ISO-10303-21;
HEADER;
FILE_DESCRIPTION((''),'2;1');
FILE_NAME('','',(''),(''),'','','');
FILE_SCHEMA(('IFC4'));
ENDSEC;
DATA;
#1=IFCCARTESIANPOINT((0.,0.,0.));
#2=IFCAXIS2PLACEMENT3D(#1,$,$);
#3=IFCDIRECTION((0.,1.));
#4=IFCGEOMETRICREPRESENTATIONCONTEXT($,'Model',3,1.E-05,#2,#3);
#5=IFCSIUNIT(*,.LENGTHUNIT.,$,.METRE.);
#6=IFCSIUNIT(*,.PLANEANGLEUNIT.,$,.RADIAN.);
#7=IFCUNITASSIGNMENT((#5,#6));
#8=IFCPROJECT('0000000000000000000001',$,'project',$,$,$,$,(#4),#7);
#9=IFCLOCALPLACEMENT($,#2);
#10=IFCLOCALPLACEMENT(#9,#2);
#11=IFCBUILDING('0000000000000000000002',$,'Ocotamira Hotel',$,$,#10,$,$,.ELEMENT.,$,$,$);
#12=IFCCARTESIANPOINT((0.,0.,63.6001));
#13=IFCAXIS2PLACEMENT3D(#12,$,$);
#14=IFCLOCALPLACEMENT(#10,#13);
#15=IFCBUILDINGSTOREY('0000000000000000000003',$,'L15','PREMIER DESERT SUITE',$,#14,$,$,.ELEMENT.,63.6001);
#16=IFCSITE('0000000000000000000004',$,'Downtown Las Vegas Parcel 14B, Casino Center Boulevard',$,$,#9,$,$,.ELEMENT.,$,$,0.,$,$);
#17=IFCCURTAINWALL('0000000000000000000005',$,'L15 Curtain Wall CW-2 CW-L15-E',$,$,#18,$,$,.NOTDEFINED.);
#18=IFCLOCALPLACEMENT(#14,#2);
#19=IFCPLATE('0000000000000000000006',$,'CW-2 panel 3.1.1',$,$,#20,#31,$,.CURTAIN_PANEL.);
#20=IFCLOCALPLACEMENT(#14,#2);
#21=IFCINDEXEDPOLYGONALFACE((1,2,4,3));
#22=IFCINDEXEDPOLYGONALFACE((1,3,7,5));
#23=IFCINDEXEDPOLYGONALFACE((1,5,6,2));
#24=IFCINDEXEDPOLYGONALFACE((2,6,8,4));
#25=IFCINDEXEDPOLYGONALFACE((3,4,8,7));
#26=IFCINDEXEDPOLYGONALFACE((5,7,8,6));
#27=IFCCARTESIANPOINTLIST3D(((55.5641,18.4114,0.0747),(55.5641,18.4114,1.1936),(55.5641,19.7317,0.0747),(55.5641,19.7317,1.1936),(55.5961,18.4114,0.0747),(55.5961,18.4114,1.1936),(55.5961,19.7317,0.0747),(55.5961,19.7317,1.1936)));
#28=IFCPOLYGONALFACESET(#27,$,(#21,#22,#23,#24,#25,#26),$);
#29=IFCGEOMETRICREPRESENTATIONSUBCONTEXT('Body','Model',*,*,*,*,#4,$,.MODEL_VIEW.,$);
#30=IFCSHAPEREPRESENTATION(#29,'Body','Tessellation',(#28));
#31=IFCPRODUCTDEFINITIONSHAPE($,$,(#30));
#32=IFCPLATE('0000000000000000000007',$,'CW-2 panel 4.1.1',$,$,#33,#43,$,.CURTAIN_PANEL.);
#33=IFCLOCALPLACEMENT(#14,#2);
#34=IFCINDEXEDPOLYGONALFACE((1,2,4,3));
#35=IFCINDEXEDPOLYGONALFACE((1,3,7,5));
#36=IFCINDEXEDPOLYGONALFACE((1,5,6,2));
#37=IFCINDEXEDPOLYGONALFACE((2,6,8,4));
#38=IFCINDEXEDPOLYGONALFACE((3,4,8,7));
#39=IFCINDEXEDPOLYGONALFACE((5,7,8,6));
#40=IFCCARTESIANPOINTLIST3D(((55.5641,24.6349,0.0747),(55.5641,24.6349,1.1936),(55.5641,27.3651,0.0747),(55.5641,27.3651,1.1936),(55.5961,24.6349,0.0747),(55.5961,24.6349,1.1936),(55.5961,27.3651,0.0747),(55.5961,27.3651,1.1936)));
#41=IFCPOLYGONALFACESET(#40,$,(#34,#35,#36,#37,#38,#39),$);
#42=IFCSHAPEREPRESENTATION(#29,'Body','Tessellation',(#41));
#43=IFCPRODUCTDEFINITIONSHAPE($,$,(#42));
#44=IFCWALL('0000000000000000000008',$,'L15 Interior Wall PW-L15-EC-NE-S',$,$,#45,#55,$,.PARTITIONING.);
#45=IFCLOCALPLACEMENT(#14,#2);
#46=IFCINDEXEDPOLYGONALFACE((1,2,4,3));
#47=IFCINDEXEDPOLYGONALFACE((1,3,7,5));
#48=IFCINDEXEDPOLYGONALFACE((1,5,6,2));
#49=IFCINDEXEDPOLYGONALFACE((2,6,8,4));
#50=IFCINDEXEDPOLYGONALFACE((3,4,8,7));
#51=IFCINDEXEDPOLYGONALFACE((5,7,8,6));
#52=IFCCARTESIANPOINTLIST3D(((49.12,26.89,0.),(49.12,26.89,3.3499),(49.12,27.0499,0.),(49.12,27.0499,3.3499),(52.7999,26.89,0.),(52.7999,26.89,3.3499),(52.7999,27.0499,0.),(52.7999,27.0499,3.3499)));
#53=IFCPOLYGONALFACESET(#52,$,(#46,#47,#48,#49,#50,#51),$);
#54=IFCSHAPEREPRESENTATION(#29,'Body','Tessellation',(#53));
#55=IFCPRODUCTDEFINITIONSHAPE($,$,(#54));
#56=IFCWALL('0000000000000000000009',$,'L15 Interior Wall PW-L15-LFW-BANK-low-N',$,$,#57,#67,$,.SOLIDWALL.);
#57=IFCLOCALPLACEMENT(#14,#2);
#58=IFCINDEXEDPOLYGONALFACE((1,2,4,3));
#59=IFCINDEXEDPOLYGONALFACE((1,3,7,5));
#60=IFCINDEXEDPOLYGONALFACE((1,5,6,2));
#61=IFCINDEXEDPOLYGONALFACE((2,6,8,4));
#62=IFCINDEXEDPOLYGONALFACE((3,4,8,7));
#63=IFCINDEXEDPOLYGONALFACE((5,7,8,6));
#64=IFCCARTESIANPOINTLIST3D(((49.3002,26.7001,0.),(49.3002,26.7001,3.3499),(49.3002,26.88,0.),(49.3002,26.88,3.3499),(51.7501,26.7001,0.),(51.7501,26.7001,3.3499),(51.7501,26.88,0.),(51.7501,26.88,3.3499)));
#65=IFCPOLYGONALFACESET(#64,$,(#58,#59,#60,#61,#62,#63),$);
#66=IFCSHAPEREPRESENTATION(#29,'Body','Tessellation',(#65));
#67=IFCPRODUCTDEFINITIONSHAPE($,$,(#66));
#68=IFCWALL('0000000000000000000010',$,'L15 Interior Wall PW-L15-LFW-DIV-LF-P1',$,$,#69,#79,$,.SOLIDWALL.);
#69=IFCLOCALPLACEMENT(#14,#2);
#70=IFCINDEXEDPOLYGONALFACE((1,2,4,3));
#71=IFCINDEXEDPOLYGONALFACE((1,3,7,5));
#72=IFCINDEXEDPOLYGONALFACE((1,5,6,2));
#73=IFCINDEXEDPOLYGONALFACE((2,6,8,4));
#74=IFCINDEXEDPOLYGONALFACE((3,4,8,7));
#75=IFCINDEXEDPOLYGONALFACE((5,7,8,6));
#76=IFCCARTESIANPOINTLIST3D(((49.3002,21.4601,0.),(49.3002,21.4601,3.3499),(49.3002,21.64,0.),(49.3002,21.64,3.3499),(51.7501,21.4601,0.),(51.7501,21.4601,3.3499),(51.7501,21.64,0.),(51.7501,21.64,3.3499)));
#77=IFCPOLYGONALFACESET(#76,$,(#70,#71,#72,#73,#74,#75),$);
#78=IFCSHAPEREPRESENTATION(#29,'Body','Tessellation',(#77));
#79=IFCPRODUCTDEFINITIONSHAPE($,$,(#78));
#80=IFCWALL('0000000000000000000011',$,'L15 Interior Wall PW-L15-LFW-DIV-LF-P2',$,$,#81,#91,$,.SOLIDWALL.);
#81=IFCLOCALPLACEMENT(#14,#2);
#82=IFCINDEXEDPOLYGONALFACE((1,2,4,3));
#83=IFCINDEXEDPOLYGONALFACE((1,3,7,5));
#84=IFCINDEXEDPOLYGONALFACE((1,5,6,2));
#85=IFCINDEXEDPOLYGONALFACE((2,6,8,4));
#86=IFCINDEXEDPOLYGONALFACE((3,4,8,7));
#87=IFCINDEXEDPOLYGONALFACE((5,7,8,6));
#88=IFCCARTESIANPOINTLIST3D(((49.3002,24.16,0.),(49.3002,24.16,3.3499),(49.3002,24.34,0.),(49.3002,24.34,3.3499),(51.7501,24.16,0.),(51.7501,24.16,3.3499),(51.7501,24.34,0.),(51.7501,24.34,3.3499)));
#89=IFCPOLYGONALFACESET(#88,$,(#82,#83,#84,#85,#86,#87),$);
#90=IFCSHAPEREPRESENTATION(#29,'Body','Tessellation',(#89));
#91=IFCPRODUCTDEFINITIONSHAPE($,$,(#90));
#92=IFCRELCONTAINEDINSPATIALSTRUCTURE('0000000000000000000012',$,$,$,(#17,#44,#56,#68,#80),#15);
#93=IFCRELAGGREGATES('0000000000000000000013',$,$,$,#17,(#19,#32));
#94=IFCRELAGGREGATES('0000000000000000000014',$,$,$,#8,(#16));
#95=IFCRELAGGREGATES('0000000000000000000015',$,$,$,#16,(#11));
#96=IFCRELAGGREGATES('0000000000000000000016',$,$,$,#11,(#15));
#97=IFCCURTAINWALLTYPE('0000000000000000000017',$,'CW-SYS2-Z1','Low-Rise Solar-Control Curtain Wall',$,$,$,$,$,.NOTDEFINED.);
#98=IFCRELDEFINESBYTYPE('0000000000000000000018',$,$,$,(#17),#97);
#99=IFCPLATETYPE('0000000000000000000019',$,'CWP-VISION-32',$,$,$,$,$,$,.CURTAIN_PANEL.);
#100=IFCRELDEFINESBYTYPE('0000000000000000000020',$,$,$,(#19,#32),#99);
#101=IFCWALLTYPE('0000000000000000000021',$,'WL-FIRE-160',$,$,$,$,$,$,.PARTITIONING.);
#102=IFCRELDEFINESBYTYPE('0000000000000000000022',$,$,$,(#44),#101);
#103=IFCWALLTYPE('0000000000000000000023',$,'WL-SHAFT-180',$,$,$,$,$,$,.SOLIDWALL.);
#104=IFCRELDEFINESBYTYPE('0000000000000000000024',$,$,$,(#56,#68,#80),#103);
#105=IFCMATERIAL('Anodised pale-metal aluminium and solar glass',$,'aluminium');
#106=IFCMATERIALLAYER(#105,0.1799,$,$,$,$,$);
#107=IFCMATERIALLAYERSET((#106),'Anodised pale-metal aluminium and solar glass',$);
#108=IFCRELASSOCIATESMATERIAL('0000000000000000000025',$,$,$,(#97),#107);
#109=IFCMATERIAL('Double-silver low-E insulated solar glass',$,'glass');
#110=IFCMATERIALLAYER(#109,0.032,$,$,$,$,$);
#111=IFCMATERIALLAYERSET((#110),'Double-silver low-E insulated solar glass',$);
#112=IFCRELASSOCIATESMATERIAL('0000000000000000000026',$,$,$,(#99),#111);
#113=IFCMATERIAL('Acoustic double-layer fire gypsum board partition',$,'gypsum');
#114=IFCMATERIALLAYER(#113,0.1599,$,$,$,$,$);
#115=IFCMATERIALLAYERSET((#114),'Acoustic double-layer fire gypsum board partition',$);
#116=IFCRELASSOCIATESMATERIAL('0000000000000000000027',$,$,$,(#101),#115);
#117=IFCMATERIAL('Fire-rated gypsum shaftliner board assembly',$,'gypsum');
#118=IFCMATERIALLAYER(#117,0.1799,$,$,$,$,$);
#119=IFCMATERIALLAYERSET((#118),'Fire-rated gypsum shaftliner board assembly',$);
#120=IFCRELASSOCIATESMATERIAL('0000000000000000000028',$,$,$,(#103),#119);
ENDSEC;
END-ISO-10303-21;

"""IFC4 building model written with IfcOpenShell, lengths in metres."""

from ifc_helpers import new_model, si_unit, direction, frame, frame_2d, origin, origin_2d, place, context, subcontext, project, spatial, rectangle, extrude, source, transform, mapped, material, layer, layer_set, type_object, element, aggregate, save


model = new_model("IFC4")

# Units and contexts
model_context = context("Model", 3, precision=1e-05, world=origin(), true_north=direction((0.0, 1.0)))
body_context = subcontext(model_context, "Body", "Model", "MODEL_VIEW")
ifc_project = project(units=[si_unit("LENGTHUNIT", "METRE"), si_unit("PLANEANGLEUNIT", "RADIAN")], contexts=[model_context])

# Site, building, storey
site_placement = place(None, origin())
site = spatial("IfcSite", under=ifc_project, at=site_placement, Name="Downtown Las Vegas Parcel 14B, Casino Center Boulevard", CompositionType="ELEMENT", RefElevation=0.0)
building_placement = place(site_placement, origin())
building = spatial("IfcBuilding", under=site, at=building_placement, Name="Ocotamira Hotel", CompositionType="ELEMENT")
storey_placement = place(building_placement, frame((0.0, 0.0, 63.6001)))
storey = spatial("IfcBuildingStorey", under=building, at=storey_placement, Name="L15", Description="PREMIER DESERT SUITE", CompositionType="ELEMENT", Elevation=63.6001)

# Curtain wall
ifc_material_1 = material(Name="Anodised pale-metal aluminium and solar glass", Category="aluminium")
ifc_layer_1 = layer(ifc_material_1, 0.1799)
ifc_layer_set_1 = layer_set([ifc_layer_1], Name="Anodised pale-metal aluminium and solar glass")
curtain_wall_type = type_object("IfcCurtainWallType", Name="CW-SYS2-Z1", Description="Low-Rise Solar-Control Curtain Wall", PredefinedType="NOTDEFINED", material=ifc_layer_set_1)
curtain_wall_placement = place(storey_placement, origin())
curtain_wall = element("IfcCurtainWall", 1, at=curtain_wall_placement, inside=storey, type_object=curtain_wall_type, Name="L15 Curtain Wall CW-2 CW-L15-E", PredefinedType="NOTDEFINED")

# Plates
ifc_material_2 = material(Name="Double-silver low-E insulated solar glass", Category="glass")
ifc_layer_2 = layer(ifc_material_2, 0.032)
ifc_layer_set_2 = layer_set([ifc_layer_2], Name="Double-silver low-E insulated solar glass")
plate_type_1 = type_object("IfcPlateType", Name="CWP-VISION-32", PredefinedType="CURTAIN_PANEL", material=ifc_layer_set_2)
shared_shape_1 = source(origin(), body_context, "Body", "SweptSolid", [
    extrude(rectangle(XDim=1.3203, YDim=0.032, at=origin_2d()), origin(), (0.0, 0.0, 1.0), 1.1189),
])
plate_1_placement = place(storey_placement, frame((55.5801, 19.0715, 0.0747), z_axis=(0.0, 0.0, 1.0), x_axis=(0.0, 1.0, 0.0)))
plate_1 = element("IfcPlate", 2, at=plate_1_placement, type_object=plate_type_1, Name="CW-2 panel 3.1.1", PredefinedType="CURTAIN_PANEL", context=body_context, shape_type="MappedRepresentation", body=[
    mapped(shared_shape_1, transform((0.0, 0.0, 0.0), scale=1.0)),
])
shared_shape_2 = source(origin(), body_context, "Body", "SweptSolid", [
    extrude(rectangle(XDim=2.7302, YDim=0.032, at=origin_2d()), origin(), (0.0, 0.0, 1.0), 1.1189),
])
plate_2_placement = place(storey_placement, frame((55.5801, 26.0, 0.0747), z_axis=(0.0, 0.0, 1.0), x_axis=(0.0, 1.0, 0.0)))
plate_2 = element("IfcPlate", 3, at=plate_2_placement, type_object=plate_type_1, Name="CW-2 panel 4.1.1", PredefinedType="CURTAIN_PANEL", context=body_context, shape_type="MappedRepresentation", body=[
    mapped(shared_shape_2, transform((0.0, 0.0, 0.0), scale=1.0)),
])
aggregate(curtain_wall, [plate_1, plate_2])

# Wall
ifc_material_3 = material(Name="Acoustic double-layer fire gypsum board partition", Category="gypsum")
ifc_layer_3 = layer(ifc_material_3, 0.1599)
ifc_layer_set_3 = layer_set([ifc_layer_3], Name="Acoustic double-layer fire gypsum board partition")
wall_type_1 = type_object("IfcWallType", Name="WL-FIRE-160", PredefinedType="PARTITIONING", material=ifc_layer_set_3)
wall_1_placement = place(storey_placement, frame((49.1201, 26.97, 0.0), z_axis=(0.0, 0.0, 1.0), x_axis=(1.0, 0.0, 0.0)))
element("IfcWall", 4, at=wall_1_placement, inside=storey, type_object=wall_type_1, Name="L15 Interior Wall PW-L15-EC-NE-S", PredefinedType="PARTITIONING", context=body_context, shape_type="SweptSolid", body=[
    extrude(rectangle(XDim=3.6799, YDim=0.1599, at=frame_2d((1.8398, 0.0))), origin(), (0.0, 0.0, 1.0), 3.3499),
])

# Walls
ifc_material_4 = material(Name="Fire-rated gypsum shaftliner board assembly", Category="gypsum")
ifc_layer_4 = layer(ifc_material_4, 0.1799)
ifc_layer_set_4 = layer_set([ifc_layer_4], Name="Fire-rated gypsum shaftliner board assembly")
wall_type_2 = type_object("IfcWallType", Name="WL-SHAFT-180", PredefinedType="SOLIDWALL", material=ifc_layer_set_4)
for number, where, z_axis, x_axis, name in (
    (5, (49.3, 26.79, 0.0), (0.0, 0.0, 1.0), (1.0, 0.0, 0.0), "L15 Interior Wall PW-L15-LFW-BANK-low-N"),
    (6, (49.3, 21.55, 0.0), (0.0, 0.0, 1.0), (1.0, 0.0, 0.0), "L15 Interior Wall PW-L15-LFW-DIV-LF-P1"),
    (7, (49.3, 24.25, 0.0), (0.0, 0.0, 1.0), (1.0, 0.0, 0.0), "L15 Interior Wall PW-L15-LFW-DIV-LF-P2"),
):
    element("IfcWall", number, at=place(storey_placement, frame(where, z_axis=z_axis, x_axis=x_axis)), inside=storey, type_object=wall_type_2, Name=name, PredefinedType="SOLIDWALL", context=body_context, shape_type="SweptSolid", body=[
        extrude(rectangle(XDim=2.45, YDim=0.1799, at=frame_2d((1.2251, 0.0))), origin(), (0.0, 0.0, 1.0), 3.3499),
    ])

save(model, "model.ifc")
